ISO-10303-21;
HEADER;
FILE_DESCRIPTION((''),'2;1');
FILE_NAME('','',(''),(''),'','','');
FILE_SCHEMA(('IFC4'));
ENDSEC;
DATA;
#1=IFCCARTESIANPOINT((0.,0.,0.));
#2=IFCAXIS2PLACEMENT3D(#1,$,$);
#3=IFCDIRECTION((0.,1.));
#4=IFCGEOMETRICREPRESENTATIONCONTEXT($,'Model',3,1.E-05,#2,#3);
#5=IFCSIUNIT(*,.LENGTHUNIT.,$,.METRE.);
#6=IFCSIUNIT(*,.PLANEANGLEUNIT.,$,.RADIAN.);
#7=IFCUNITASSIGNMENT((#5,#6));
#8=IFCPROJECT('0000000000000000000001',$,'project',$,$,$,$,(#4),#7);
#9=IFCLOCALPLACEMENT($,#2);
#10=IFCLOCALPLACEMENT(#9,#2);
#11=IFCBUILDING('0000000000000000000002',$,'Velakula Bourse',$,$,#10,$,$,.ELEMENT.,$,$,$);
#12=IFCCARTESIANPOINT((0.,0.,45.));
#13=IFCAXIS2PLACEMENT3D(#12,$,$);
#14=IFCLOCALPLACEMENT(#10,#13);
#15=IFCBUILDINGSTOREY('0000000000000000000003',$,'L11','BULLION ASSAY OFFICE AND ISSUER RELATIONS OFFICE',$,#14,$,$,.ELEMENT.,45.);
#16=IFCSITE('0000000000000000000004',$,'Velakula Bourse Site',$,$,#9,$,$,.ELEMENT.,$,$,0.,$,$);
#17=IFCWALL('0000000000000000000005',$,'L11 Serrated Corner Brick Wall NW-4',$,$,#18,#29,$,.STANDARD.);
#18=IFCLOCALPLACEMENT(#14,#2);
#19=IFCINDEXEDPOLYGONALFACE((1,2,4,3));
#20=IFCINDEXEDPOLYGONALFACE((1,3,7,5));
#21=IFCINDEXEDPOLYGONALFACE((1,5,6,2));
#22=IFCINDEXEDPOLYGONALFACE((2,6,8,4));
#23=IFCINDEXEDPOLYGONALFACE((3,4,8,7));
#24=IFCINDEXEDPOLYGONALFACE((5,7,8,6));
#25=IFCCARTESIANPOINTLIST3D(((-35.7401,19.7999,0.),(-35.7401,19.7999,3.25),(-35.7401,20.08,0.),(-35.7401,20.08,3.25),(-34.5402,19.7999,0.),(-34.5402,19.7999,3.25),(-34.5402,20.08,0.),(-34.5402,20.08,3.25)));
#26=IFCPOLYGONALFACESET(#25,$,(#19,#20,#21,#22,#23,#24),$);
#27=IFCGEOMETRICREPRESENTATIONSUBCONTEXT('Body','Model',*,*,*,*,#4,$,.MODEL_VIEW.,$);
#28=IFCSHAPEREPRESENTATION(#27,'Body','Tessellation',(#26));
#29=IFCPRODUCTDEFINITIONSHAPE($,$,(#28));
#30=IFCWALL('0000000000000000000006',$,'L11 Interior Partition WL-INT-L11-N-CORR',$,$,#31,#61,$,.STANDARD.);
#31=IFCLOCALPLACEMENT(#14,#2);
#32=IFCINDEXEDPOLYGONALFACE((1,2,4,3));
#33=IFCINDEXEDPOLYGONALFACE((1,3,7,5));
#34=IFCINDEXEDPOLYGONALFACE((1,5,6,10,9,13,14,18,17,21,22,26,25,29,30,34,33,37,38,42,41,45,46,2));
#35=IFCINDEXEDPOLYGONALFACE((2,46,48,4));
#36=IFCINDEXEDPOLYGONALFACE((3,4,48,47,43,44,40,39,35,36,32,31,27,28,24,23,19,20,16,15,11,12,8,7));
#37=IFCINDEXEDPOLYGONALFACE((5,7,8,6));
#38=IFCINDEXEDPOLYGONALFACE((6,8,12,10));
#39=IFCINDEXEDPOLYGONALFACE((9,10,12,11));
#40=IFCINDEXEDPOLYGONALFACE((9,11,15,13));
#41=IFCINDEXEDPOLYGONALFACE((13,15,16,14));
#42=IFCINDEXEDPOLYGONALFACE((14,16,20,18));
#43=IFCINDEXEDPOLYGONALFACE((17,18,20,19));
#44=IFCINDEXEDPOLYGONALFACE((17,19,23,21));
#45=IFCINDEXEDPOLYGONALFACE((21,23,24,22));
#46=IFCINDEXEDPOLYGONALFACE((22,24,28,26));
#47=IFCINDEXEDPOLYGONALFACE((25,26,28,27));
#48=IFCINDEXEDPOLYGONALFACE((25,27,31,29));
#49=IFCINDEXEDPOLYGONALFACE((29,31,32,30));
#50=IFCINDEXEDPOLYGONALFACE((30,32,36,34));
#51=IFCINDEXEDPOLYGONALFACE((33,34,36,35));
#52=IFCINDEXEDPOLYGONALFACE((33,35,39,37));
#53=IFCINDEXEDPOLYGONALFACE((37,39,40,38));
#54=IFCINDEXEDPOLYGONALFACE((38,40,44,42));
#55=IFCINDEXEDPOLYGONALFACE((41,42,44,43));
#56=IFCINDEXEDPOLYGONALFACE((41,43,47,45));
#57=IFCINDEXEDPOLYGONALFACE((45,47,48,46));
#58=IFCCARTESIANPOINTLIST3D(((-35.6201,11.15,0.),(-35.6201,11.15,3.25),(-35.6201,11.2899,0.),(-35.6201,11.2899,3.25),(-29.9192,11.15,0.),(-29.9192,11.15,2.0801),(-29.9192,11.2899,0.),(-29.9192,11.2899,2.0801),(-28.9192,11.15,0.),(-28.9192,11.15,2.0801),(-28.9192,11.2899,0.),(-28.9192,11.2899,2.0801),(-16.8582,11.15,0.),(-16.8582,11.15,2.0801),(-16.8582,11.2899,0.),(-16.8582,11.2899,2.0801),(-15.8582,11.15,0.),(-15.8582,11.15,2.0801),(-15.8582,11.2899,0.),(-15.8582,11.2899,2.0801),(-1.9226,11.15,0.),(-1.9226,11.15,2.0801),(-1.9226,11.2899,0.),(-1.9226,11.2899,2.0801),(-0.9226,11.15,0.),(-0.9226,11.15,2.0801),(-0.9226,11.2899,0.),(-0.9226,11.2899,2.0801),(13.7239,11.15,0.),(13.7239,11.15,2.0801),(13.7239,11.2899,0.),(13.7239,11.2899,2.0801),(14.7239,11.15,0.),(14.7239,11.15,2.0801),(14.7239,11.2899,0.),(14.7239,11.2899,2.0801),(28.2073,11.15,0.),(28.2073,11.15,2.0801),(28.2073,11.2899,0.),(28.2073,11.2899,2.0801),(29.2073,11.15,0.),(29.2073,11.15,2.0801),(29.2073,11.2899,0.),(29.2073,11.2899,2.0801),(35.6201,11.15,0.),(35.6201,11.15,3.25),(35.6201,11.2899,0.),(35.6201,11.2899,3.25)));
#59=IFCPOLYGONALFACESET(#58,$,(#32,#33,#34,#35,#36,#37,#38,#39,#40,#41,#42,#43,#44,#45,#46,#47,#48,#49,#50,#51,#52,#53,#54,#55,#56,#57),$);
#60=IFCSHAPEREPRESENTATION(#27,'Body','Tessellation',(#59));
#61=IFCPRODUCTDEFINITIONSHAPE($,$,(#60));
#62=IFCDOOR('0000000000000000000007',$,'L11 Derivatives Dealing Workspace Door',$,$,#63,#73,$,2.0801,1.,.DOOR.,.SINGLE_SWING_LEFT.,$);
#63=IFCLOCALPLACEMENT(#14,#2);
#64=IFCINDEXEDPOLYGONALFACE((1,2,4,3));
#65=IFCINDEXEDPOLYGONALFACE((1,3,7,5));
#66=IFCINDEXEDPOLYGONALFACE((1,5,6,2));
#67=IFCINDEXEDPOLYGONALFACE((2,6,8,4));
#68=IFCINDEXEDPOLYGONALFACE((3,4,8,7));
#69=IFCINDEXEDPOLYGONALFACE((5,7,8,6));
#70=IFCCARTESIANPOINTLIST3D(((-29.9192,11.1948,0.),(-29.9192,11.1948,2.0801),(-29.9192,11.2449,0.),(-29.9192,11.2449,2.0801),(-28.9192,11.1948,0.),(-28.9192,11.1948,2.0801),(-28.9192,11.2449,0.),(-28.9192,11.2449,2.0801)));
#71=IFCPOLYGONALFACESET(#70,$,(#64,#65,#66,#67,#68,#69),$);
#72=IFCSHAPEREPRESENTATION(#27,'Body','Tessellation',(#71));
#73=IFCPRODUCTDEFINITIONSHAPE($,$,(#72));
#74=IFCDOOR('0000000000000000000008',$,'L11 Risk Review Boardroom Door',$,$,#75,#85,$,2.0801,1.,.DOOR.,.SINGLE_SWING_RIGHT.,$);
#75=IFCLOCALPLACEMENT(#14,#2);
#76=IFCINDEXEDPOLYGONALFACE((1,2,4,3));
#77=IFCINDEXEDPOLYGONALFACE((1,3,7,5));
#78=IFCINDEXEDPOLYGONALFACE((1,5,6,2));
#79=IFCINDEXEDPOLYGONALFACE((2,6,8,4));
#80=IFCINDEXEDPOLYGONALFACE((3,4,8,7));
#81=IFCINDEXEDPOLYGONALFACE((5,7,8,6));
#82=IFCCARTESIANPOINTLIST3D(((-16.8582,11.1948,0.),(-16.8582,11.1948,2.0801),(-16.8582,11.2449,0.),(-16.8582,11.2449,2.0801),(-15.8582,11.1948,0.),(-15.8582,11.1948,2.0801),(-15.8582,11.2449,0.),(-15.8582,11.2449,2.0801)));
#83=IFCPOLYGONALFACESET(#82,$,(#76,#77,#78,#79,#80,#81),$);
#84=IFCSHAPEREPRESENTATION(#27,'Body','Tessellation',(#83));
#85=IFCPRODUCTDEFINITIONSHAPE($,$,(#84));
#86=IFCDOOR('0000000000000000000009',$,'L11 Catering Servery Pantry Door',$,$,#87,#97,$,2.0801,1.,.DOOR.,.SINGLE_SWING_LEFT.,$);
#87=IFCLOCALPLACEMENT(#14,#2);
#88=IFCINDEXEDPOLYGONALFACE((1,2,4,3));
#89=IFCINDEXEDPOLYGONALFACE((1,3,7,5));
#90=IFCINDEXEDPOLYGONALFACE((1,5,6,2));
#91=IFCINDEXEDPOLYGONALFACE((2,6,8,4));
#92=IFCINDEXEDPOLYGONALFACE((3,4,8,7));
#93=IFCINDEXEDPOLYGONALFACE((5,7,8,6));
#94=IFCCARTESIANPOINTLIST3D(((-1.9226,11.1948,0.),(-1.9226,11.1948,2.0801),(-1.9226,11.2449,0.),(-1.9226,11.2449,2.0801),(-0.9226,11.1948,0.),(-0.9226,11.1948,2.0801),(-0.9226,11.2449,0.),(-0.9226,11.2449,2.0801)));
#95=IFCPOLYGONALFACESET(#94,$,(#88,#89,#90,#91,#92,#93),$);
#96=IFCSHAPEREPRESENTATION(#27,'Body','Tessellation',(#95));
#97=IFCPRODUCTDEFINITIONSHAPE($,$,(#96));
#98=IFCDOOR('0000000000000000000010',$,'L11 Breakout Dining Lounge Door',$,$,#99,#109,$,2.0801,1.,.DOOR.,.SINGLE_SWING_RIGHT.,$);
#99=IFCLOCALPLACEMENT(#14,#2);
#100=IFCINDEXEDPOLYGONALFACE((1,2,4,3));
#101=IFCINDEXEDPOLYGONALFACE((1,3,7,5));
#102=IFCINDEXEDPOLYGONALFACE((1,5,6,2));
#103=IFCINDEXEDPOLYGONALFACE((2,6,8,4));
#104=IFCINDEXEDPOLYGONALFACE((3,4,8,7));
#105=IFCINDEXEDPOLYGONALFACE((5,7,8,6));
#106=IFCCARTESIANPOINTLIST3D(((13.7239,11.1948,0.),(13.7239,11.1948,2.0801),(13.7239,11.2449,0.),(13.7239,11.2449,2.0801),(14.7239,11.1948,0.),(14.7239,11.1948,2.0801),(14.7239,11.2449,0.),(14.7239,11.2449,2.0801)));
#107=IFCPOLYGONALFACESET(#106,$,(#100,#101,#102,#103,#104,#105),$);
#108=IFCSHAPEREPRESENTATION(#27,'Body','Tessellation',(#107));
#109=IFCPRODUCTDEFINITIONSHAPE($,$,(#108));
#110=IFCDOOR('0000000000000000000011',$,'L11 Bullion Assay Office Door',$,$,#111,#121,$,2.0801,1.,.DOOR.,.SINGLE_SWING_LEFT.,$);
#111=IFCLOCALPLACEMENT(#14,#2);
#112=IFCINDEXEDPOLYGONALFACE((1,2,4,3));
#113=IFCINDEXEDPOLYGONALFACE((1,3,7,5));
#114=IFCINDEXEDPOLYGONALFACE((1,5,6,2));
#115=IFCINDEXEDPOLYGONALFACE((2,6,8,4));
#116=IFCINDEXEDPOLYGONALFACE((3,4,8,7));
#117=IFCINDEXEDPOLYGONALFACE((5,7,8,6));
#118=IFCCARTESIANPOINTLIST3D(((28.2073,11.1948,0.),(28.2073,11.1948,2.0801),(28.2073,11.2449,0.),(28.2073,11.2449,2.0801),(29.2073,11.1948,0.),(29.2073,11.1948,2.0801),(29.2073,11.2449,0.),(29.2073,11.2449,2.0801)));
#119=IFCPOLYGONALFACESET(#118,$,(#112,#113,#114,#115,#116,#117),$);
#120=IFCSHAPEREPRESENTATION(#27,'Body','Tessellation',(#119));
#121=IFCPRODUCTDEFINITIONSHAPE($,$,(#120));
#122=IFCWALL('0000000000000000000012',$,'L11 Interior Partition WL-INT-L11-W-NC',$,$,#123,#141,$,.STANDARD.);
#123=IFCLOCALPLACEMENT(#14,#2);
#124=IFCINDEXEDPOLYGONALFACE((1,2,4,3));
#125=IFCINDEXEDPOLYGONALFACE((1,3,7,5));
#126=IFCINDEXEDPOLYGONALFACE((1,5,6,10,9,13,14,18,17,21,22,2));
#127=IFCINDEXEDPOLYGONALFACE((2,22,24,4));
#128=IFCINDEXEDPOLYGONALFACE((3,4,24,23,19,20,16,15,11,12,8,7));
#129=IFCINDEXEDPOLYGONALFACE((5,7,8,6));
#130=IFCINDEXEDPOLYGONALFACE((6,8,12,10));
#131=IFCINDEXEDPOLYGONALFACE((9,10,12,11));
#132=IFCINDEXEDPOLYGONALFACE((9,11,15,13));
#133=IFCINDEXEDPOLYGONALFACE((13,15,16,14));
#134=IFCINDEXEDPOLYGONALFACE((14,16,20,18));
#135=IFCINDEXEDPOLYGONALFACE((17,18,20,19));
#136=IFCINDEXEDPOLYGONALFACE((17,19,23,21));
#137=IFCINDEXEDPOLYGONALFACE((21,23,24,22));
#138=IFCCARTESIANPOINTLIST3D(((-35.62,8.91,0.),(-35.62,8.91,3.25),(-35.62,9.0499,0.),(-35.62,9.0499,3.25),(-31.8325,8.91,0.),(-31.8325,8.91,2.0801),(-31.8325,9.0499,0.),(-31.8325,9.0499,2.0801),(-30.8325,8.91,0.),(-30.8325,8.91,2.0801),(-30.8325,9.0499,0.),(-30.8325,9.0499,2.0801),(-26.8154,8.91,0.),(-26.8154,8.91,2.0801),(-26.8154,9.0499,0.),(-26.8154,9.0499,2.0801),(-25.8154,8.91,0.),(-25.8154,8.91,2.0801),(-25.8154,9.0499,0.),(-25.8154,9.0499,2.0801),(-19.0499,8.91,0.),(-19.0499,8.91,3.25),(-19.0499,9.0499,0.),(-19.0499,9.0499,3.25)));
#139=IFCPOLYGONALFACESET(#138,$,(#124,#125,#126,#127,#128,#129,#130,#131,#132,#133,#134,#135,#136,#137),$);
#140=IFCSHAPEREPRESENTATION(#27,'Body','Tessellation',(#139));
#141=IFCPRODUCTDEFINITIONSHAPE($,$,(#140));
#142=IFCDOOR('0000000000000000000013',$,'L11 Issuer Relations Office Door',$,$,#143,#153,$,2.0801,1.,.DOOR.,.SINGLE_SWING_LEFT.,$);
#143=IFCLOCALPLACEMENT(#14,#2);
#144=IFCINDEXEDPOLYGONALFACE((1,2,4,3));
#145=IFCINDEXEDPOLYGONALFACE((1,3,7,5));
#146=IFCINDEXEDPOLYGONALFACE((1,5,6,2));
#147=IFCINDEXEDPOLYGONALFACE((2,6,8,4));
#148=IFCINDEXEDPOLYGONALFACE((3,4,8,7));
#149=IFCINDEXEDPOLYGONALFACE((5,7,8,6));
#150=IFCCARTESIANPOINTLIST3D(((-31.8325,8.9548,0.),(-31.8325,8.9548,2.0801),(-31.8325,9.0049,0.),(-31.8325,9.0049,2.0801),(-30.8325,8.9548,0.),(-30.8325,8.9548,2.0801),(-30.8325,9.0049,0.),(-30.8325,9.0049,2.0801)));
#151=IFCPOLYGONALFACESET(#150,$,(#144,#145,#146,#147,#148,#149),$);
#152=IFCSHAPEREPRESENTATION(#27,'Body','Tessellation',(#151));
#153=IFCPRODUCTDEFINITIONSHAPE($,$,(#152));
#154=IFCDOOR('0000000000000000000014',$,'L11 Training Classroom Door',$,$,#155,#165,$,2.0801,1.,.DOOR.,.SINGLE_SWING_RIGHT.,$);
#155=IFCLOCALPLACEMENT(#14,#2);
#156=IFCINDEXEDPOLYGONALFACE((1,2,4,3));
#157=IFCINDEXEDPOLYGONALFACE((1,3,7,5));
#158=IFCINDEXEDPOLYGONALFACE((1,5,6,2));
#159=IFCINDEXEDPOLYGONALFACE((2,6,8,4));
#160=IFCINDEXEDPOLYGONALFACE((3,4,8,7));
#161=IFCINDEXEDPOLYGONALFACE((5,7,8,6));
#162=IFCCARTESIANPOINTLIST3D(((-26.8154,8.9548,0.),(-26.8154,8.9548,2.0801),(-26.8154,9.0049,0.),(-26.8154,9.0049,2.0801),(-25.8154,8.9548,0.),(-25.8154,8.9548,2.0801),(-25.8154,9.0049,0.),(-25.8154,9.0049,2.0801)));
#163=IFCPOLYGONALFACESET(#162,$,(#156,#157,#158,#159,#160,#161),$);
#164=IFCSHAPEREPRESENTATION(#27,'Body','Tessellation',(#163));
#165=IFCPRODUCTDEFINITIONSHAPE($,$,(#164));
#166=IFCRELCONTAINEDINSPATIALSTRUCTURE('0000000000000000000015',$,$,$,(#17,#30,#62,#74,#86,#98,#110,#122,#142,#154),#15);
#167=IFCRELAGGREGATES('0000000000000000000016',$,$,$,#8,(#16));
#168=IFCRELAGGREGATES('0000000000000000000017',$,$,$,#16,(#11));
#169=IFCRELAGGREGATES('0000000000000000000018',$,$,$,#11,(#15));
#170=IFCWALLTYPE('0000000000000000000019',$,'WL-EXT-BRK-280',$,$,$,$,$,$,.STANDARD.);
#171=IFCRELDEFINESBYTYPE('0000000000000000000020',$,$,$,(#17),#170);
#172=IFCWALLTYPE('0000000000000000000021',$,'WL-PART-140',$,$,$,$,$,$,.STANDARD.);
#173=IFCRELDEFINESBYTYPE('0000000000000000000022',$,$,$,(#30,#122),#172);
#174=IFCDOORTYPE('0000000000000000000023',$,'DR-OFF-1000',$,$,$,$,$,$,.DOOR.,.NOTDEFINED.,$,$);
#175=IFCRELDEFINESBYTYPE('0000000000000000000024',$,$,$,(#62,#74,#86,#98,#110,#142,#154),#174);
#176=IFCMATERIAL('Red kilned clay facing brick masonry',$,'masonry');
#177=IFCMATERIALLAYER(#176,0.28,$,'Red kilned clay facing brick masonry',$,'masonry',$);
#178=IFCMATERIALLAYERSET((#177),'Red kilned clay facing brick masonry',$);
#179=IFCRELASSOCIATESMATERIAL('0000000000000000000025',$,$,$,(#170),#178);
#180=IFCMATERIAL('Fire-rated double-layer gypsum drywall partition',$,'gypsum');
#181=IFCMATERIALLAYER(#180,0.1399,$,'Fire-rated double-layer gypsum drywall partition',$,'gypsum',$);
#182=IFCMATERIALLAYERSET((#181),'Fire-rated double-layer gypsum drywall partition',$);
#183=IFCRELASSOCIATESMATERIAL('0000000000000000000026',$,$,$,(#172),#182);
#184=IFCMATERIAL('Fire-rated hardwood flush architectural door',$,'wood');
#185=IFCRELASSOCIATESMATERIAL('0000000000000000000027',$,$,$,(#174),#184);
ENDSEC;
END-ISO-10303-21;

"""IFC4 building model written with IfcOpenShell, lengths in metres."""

from ifc_helpers import new_model, si_unit, direction, frame, frame_2d, origin, place, context, subcontext, project, spatial, rectangle, extrude, material, layer, layer_set, type_object, element, fill, save


model = new_model("IFC4")

# Units and contexts
model_context = context("Model", 3, precision=1e-05, world=origin(), true_north=direction((0.0, 1.0)))
body_context = subcontext(model_context, "Body", "Model", "MODEL_VIEW")
ifc_project = project(units=[si_unit("LENGTHUNIT", "METRE"), si_unit("PLANEANGLEUNIT", "RADIAN")], contexts=[model_context])

# Site, building, storey
site_placement = place(None, origin())
site = spatial("IfcSite", under=ifc_project, at=site_placement, Name="Velakula Bourse Site", CompositionType="ELEMENT", RefElevation=0.0)
building_placement = place(site_placement, origin())
building = spatial("IfcBuilding", under=site, at=building_placement, Name="Velakula Bourse", CompositionType="ELEMENT")
storey_placement = place(building_placement, frame((0.0, 0.0, 45.0)))
storey = spatial("IfcBuildingStorey", under=building, at=storey_placement, Name="L11", Description="BULLION ASSAY OFFICE AND ISSUER RELATIONS OFFICE", CompositionType="ELEMENT", Elevation=45.0)

# Shared definitions
ifc_material_1 = material(Name="Red kilned clay facing brick masonry", Category="masonry")
ifc_layer_1 = layer(ifc_material_1, 0.28, Name="Red kilned clay facing brick masonry", Category="masonry")
ifc_layer_set_1 = layer_set([ifc_layer_1], Name="Red kilned clay facing brick masonry")
wall_type_1 = type_object("IfcWallType", Name="WL-EXT-BRK-280", PredefinedType="STANDARD", material=ifc_layer_set_1)

# Wall
for number, where, z_axis, x_axis, name in (
    (1, (-34.54, 19.9399, 0.0), (0.0, 0.0, 1.0), (-1.0, 0.0, 0.0), "L11 Serrated Corner Brick Wall NW-4"),
):
    element("IfcWall", number, at=place(storey_placement, frame(where, z_axis=z_axis, x_axis=x_axis)), inside=storey, type_object=wall_type_1, Name=name, PredefinedType="STANDARD", context=body_context, shape_type="SweptSolid", body=[
        extrude(rectangle(XDim=1.2, YDim=0.28, at=frame_2d((0.6001, 0.0))), origin(), (0.0, 0.0, 1.0), 3.25),
    ])

# Walls, openings, doors
ifc_material_2 = material(Name="Fire-rated double-layer gypsum drywall partition", Category="gypsum")
ifc_layer_2 = layer(ifc_material_2, 0.1399, Name="Fire-rated double-layer gypsum drywall partition", Category="gypsum")
ifc_layer_set_2 = layer_set([ifc_layer_2], Name="Fire-rated double-layer gypsum drywall partition")
wall_type_2 = type_object("IfcWallType", Name="WL-PART-140", PredefinedType="STANDARD", material=ifc_layer_set_2)
wall_1_placement = place(storey_placement, frame((-35.6201, 11.22, 0.0), z_axis=(0.0, 0.0, 1.0), x_axis=(1.0, 0.0, 0.0)))
wall_1 = element("IfcWall", 2, at=wall_1_placement, inside=storey, type_object=wall_type_2, Name="L11 Interior Partition WL-INT-L11-N-CORR", PredefinedType="STANDARD", context=body_context, shape_type="SweptSolid", body=[
    extrude(rectangle(XDim=71.2402, YDim=0.1399, at=frame_2d((35.6201, 0.0))), origin(), (0.0, 0.0, 1.0), 3.25),
])
opening_1_placement = place(wall_1_placement, frame((5.7009, 0.0, 0.0)))
opening_1 = element("IfcOpeningElement", 3, at=opening_1_placement, cuts=wall_1, PredefinedType="OPENING", context=body_context, shape_type="SweptSolid", body=[
    extrude(rectangle(XDim=1.0, YDim=2.0801, at=frame_2d((0.5, 1.04))), frame((0.0, 0.0798, 0.0), z_axis=(0.0, -1.0, 0.0), x_axis=(1.0, 0.0, 0.0)), (0.0, 0.0, 1.0), 0.1599),
])
opening_2_placement = place(wall_1_placement, frame((18.762, 0.0, 0.0)))
opening_2 = element("IfcOpeningElement", 4, at=opening_2_placement, cuts=wall_1, PredefinedType="OPENING", context=body_context, shape_type="SweptSolid", body=[
    extrude(rectangle(XDim=1.0, YDim=2.0801, at=frame_2d((0.5, 1.04))), frame((0.0, 0.0798, 0.0), z_axis=(0.0, -1.0, 0.0), x_axis=(1.0, 0.0, 0.0)), (0.0, 0.0, 1.0), 0.1599),
])
opening_3_placement = place(wall_1_placement, frame((33.6975, 0.0, 0.0)))
opening_3 = element("IfcOpeningElement", 5, at=opening_3_placement, cuts=wall_1, PredefinedType="OPENING", context=body_context, shape_type="SweptSolid", body=[
    extrude(rectangle(XDim=1.0, YDim=2.0801, at=frame_2d((0.5, 1.04))), frame((0.0, 0.0798, 0.0), z_axis=(0.0, -1.0, 0.0), x_axis=(1.0, 0.0, 0.0)), (0.0, 0.0, 1.0), 0.1599),
])
opening_4_placement = place(wall_1_placement, frame((49.344, 0.0, 0.0)))
opening_4 = element("IfcOpeningElement", 6, at=opening_4_placement, cuts=wall_1, PredefinedType="OPENING", context=body_context, shape_type="SweptSolid", body=[
    extrude(rectangle(XDim=1.0, YDim=2.0801, at=frame_2d((0.5, 1.04))), frame((0.0, 0.0798, 0.0), z_axis=(0.0, -1.0, 0.0), x_axis=(1.0, 0.0, 0.0)), (0.0, 0.0, 1.0), 0.1599),
])
opening_5_placement = place(wall_1_placement, frame((63.8274, 0.0, 0.0)))
opening_5 = element("IfcOpeningElement", 7, at=opening_5_placement, cuts=wall_1, PredefinedType="OPENING", context=body_context, shape_type="SweptSolid", body=[
    extrude(rectangle(XDim=1.0, YDim=2.0801, at=frame_2d((0.5, 1.04))), frame((0.0, 0.0798, 0.0), z_axis=(0.0, -1.0, 0.0), x_axis=(1.0, 0.0, 0.0)), (0.0, 0.0, 1.0), 0.1599),
])
ifc_material_3 = material(Name="Fire-rated hardwood flush architectural door", Category="wood")
door_type = type_object("IfcDoorType", Name="DR-OFF-1000", OperationType="NOTDEFINED", PredefinedType="DOOR", material=ifc_material_3)
door_1_placement = place(opening_1_placement, origin())
door_1 = element("IfcDoor", 8, at=door_1_placement, inside=storey, type_object=door_type, Name="L11 Derivatives Dealing Workspace Door", OperationType="SINGLE_SWING_LEFT", OverallHeight=2.0801, OverallWidth=1.0, PredefinedType="DOOR", context=body_context, shape_type="SweptSolid", body=[
    extrude(rectangle(XDim=1.0, YDim=2.0801, at=frame_2d((0.5, 1.04))), frame((0.0, 0.0249, 0.0), z_axis=(0.0, -1.0, 0.0), x_axis=(1.0, 0.0, 0.0)), (0.0, 0.0, 1.0), 0.05),
])
fill(opening_1, door_1)
door_2_placement = place(opening_2_placement, origin())
door_2 = element("IfcDoor", 9, at=door_2_placement, inside=storey, type_object=door_type, Name="L11 Risk Review Boardroom Door", OperationType="SINGLE_SWING_RIGHT", OverallHeight=2.0801, OverallWidth=1.0, PredefinedType="DOOR", context=body_context, shape_type="SweptSolid", body=[
    extrude(rectangle(XDim=1.0, YDim=2.0801, at=frame_2d((0.5, 1.04))), frame((0.0, 0.0249, 0.0), z_axis=(0.0, -1.0, 0.0), x_axis=(1.0, 0.0, 0.0)), (0.0, 0.0, 1.0), 0.05),
])
fill(opening_2, door_2)
door_3_placement = place(opening_3_placement, origin())
door_3 = element("IfcDoor", 10, at=door_3_placement, inside=storey, type_object=door_type, Name="L11 Catering Servery Pantry Door", OperationType="SINGLE_SWING_LEFT", OverallHeight=2.0801, OverallWidth=1.0, PredefinedType="DOOR", context=body_context, shape_type="SweptSolid", body=[
    extrude(rectangle(XDim=1.0, YDim=2.0801, at=frame_2d((0.5, 1.04))), frame((0.0, 0.0249, 0.0), z_axis=(0.0, -1.0, 0.0), x_axis=(1.0, 0.0, 0.0)), (0.0, 0.0, 1.0), 0.05),
])
fill(opening_3, door_3)
door_4_placement = place(opening_4_placement, origin())
door_4 = element("IfcDoor", 11, at=door_4_placement, inside=storey, type_object=door_type, Name="L11 Breakout Dining Lounge Door", OperationType="SINGLE_SWING_RIGHT", OverallHeight=2.0801, OverallWidth=1.0, PredefinedType="DOOR", context=body_context, shape_type="SweptSolid", body=[
    extrude(rectangle(XDim=1.0, YDim=2.0801, at=frame_2d((0.5, 1.04))), frame((0.0, 0.0249, 0.0), z_axis=(0.0, -1.0, 0.0), x_axis=(1.0, 0.0, 0.0)), (0.0, 0.0, 1.0), 0.05),
])
fill(opening_4, door_4)
door_5_placement = place(opening_5_placement, origin())
door_5 = element("IfcDoor", 12, at=door_5_placement, inside=storey, type_object=door_type, Name="L11 Bullion Assay Office Door", OperationType="SINGLE_SWING_LEFT", OverallHeight=2.0801, OverallWidth=1.0, PredefinedType="DOOR", context=body_context, shape_type="SweptSolid", body=[
    extrude(rectangle(XDim=1.0, YDim=2.0801, at=frame_2d((0.5, 1.04))), frame((0.0, 0.0249, 0.0), z_axis=(0.0, -1.0, 0.0), x_axis=(1.0, 0.0, 0.0)), (0.0, 0.0, 1.0), 0.05),
])
fill(opening_5, door_5)
wall_2_placement = place(storey_placement, frame((-35.6201, 8.98, 0.0), z_axis=(0.0, 0.0, 1.0), x_axis=(1.0, 0.0, 0.0)))
wall_2 = element("IfcWall", 13, at=wall_2_placement, inside=storey, type_object=wall_type_2, Name="L11 Interior Partition WL-INT-L11-W-NC", PredefinedType="STANDARD", context=body_context, shape_type="SweptSolid", body=[
    extrude(rectangle(XDim=16.5701, YDim=0.1399, at=frame_2d((8.2852, 0.0))), origin(), (0.0, 0.0, 1.0), 3.25),
])
opening_6_placement = place(wall_2_placement, frame((3.7876, 0.0, 0.0)))
opening_6 = element("IfcOpeningElement", 14, at=opening_6_placement, cuts=wall_2, PredefinedType="OPENING", context=body_context, shape_type="SweptSolid", body=[
    extrude(rectangle(XDim=1.0, YDim=2.0801, at=frame_2d((0.5, 1.04))), frame((0.0, 0.0798, 0.0), z_axis=(0.0, -1.0, 0.0), x_axis=(1.0, 0.0, 0.0)), (0.0, 0.0, 1.0), 0.1599),
])
opening_7_placement = place(wall_2_placement, frame((8.8047, 0.0, 0.0)))
opening_7 = element("IfcOpeningElement", 15, at=opening_7_placement, cuts=wall_2, PredefinedType="OPENING", context=body_context, shape_type="SweptSolid", body=[
    extrude(rectangle(XDim=1.0, YDim=2.0801, at=frame_2d((0.5, 1.04))), frame((0.0, 0.0798, 0.0), z_axis=(0.0, -1.0, 0.0), x_axis=(1.0, 0.0, 0.0)), (0.0, 0.0, 1.0), 0.1599),
])
door_6_placement = place(opening_6_placement, origin())
door_6 = element("IfcDoor", 16, at=door_6_placement, inside=storey, type_object=door_type, Name="L11 Issuer Relations Office Door", OperationType="SINGLE_SWING_LEFT", OverallHeight=2.0801, OverallWidth=1.0, PredefinedType="DOOR", context=body_context, shape_type="SweptSolid", body=[
    extrude(rectangle(XDim=1.0, YDim=2.0801, at=frame_2d((0.5, 1.04))), frame((0.0, 0.0249, 0.0), z_axis=(0.0, -1.0, 0.0), x_axis=(1.0, 0.0, 0.0)), (0.0, 0.0, 1.0), 0.05),
])
fill(opening_6, door_6)
door_7_placement = place(opening_7_placement, origin())
door_7 = element("IfcDoor", 17, at=door_7_placement, inside=storey, type_object=door_type, Name="L11 Training Classroom Door", OperationType="SINGLE_SWING_RIGHT", OverallHeight=2.0801, OverallWidth=1.0, PredefinedType="DOOR", context=body_context, shape_type="SweptSolid", body=[
    extrude(rectangle(XDim=1.0, YDim=2.0801, at=frame_2d((0.5, 1.04))), frame((0.0, 0.0249, 0.0), z_axis=(0.0, -1.0, 0.0), x_axis=(1.0, 0.0, 0.0)), (0.0, 0.0, 1.0), 0.05),
])
fill(opening_7, door_7)

save(model, "model.ifc")
